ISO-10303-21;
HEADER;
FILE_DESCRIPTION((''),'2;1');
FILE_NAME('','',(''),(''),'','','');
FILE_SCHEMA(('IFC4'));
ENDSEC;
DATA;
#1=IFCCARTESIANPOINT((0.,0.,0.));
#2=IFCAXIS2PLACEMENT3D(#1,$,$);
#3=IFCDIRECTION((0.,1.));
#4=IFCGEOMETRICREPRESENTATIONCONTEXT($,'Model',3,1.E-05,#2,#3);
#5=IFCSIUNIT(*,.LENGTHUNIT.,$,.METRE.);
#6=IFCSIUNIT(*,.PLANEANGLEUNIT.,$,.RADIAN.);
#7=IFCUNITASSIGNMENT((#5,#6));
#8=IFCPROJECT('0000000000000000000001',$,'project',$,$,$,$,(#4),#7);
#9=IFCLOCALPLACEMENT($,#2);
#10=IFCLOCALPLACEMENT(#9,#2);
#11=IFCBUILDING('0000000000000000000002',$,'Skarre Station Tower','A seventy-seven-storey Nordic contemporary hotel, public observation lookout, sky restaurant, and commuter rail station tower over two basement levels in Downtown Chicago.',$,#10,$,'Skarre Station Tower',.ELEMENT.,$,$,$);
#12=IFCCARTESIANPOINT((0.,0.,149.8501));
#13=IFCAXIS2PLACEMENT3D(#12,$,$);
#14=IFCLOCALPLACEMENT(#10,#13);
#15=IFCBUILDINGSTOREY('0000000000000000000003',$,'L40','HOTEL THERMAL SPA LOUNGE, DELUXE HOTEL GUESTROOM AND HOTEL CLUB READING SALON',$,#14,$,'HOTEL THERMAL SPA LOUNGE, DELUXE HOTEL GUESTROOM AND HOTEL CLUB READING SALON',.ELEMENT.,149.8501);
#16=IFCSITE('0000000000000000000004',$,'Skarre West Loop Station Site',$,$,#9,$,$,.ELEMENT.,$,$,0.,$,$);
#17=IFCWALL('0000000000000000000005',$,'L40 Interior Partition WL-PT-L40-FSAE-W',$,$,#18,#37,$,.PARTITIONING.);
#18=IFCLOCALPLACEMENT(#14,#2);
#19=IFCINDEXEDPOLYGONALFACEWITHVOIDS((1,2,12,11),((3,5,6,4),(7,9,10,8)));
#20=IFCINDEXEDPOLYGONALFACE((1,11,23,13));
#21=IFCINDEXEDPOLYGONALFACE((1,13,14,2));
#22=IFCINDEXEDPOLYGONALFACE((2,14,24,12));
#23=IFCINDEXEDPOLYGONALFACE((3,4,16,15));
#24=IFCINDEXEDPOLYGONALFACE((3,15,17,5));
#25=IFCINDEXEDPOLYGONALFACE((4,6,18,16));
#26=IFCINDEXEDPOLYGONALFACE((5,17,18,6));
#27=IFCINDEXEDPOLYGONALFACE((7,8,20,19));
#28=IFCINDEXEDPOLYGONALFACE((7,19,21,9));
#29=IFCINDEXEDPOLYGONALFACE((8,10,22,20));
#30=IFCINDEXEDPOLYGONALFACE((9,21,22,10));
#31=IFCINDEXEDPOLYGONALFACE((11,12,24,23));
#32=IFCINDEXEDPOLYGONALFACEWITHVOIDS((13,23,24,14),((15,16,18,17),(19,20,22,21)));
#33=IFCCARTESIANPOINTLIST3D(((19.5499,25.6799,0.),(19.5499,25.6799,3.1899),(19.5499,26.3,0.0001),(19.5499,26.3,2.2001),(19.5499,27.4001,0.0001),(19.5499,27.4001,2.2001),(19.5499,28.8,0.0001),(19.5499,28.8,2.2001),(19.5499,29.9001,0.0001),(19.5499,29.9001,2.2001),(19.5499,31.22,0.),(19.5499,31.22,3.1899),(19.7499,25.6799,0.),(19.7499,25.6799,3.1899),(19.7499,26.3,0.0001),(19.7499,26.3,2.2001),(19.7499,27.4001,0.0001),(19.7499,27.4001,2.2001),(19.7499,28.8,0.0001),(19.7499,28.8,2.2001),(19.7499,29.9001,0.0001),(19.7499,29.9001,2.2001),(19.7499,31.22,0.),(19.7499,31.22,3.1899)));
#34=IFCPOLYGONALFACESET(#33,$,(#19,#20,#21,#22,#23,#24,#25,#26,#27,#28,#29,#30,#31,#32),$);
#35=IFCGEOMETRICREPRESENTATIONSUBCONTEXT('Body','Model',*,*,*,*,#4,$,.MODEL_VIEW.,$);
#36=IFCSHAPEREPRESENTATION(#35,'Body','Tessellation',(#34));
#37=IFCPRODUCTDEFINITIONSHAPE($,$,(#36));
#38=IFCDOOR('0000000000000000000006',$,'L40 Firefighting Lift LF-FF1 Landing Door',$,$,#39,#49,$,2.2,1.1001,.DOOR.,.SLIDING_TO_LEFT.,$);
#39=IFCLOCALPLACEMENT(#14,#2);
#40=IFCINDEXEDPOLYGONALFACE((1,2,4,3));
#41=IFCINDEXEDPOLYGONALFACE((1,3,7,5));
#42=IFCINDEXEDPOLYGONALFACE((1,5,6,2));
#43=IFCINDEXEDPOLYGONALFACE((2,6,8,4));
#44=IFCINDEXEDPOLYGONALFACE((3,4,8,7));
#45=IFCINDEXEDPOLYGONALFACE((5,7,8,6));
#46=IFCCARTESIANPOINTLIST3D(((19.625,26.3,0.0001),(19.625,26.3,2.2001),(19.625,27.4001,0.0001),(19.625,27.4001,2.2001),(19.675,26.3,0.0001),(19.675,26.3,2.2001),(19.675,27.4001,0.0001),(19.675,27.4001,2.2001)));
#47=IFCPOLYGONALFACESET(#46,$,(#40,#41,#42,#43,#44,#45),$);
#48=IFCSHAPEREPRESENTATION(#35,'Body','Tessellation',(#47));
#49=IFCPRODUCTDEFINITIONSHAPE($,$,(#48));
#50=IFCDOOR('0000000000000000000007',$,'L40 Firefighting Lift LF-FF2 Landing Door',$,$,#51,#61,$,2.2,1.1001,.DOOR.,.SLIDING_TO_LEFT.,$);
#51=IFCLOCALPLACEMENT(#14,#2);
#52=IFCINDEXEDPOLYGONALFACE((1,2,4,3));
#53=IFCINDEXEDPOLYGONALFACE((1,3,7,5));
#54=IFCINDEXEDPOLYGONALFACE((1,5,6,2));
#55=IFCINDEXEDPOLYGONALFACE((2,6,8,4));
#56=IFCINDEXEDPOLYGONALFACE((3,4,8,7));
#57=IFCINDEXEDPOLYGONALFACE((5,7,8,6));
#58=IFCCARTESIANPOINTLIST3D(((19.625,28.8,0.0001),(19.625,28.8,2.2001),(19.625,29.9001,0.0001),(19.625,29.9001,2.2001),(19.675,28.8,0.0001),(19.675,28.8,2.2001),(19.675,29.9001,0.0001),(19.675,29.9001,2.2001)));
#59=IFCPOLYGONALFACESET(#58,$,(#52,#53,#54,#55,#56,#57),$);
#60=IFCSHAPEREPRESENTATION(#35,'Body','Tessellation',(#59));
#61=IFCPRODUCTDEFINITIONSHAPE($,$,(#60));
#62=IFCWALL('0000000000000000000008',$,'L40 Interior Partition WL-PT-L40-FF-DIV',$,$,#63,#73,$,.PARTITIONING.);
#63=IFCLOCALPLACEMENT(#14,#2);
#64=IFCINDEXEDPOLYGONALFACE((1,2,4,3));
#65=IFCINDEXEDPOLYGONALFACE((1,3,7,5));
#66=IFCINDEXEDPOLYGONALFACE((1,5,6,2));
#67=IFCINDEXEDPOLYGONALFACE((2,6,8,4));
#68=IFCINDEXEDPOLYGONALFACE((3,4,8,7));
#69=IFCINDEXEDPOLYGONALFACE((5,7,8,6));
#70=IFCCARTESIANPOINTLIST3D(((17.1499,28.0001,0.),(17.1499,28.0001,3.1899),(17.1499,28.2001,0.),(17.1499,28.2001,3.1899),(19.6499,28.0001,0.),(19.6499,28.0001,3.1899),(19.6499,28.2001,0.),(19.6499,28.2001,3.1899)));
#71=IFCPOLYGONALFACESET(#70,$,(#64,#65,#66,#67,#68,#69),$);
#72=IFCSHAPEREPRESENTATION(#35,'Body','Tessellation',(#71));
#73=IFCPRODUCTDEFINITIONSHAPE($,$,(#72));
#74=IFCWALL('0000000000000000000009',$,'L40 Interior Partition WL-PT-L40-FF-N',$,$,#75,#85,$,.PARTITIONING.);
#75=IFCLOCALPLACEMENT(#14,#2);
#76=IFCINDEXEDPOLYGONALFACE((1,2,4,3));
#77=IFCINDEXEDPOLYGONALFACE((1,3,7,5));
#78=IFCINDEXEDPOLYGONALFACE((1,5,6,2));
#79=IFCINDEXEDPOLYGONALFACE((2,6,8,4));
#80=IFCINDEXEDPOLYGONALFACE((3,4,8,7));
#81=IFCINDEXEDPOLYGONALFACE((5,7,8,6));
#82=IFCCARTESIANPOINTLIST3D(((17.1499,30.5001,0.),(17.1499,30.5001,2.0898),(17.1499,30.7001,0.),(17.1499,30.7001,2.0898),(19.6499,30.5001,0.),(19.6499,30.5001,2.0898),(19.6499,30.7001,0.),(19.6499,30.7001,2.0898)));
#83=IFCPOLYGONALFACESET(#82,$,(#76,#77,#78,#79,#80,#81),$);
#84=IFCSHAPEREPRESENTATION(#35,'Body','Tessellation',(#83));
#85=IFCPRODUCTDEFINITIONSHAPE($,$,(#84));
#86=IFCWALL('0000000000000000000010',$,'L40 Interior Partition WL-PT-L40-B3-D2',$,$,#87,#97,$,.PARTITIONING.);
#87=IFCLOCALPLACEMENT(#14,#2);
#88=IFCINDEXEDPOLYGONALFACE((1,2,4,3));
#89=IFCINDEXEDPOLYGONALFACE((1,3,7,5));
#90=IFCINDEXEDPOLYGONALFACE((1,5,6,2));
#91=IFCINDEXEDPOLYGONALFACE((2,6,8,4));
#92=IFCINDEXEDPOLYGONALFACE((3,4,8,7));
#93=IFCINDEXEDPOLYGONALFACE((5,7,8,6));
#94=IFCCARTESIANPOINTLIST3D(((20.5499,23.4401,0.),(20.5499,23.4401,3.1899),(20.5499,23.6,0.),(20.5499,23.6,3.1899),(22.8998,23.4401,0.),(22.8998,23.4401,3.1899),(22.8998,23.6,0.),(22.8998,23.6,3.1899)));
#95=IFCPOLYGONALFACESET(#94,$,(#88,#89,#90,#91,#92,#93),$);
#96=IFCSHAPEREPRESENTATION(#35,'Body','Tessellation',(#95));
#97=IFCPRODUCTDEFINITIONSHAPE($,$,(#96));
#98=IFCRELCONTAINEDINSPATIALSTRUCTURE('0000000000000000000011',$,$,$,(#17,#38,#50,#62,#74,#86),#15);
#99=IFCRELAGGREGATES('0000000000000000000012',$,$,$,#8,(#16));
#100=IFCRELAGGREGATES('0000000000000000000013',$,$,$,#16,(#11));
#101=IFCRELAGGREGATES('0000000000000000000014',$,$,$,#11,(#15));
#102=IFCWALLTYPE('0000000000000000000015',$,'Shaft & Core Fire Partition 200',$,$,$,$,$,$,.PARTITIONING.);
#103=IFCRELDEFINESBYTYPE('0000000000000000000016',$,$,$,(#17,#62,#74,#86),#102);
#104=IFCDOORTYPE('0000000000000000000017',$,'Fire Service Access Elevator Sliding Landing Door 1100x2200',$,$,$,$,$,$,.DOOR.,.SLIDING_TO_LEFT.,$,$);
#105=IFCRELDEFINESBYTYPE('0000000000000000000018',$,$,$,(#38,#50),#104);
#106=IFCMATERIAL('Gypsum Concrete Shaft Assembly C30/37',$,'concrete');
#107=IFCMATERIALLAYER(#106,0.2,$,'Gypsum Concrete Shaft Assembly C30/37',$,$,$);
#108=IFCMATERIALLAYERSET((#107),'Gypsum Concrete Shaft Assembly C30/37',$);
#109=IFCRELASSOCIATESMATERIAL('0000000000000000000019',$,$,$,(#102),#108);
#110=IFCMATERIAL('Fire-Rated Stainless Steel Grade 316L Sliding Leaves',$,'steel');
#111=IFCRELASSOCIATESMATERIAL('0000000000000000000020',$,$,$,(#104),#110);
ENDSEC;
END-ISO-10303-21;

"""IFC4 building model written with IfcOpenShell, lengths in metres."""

from ifc_helpers import new_model, si_unit, direction, frame, frame_2d, origin, place, context, subcontext, project, spatial, rectangle, extrude, material, layer, layer_set, type_object, element, fill, save


model = new_model("IFC4")

# Units and contexts
model_context = context("Model", 3, precision=1e-05, world=origin(), true_north=direction((0.0, 1.0)))
body_context = subcontext(model_context, "Body", "Model", "MODEL_VIEW")
ifc_project = project(units=[si_unit("LENGTHUNIT", "METRE"), si_unit("PLANEANGLEUNIT", "RADIAN")], contexts=[model_context])

# Site, building, storey
site_placement = place(None, origin())
site = spatial("IfcSite", under=ifc_project, at=site_placement, Name="Skarre West Loop Station Site", CompositionType="ELEMENT", RefElevation=0.0)
building_placement = place(site_placement, origin())
building = spatial("IfcBuilding", under=site, at=building_placement, Name="Skarre Station Tower", Description="A seventy-seven-storey Nordic contemporary hotel, public observation lookout, sky restaurant, and commuter rail station tower over two basement levels in Downtown Chicago.", LongName="Skarre Station Tower", CompositionType="ELEMENT")
storey_placement = place(building_placement, frame((0.0, 0.0, 149.8501)))
storey = spatial("IfcBuildingStorey", under=building, at=storey_placement, Name="L40", Description="HOTEL THERMAL SPA LOUNGE, DELUXE HOTEL GUESTROOM AND HOTEL CLUB READING SALON", LongName="HOTEL THERMAL SPA LOUNGE, DELUXE HOTEL GUESTROOM AND HOTEL CLUB READING SALON", CompositionType="ELEMENT", Elevation=149.8501)

# Wall, openings, doors
ifc_material_1 = material(Name="Gypsum Concrete Shaft Assembly C30/37", Category="concrete")
ifc_layer_1 = layer(ifc_material_1, 0.2, Name="Gypsum Concrete Shaft Assembly C30/37")
ifc_layer_set_1 = layer_set([ifc_layer_1], Name="Gypsum Concrete Shaft Assembly C30/37")
wall_type_1 = type_object("IfcWallType", Name="Shaft & Core Fire Partition 200", PredefinedType="PARTITIONING", material=ifc_layer_set_1)
wall_1_placement = place(storey_placement, frame((19.6499, 25.6799, 0.0), z_axis=(0.0, 0.0, 1.0), x_axis=(0.0, 1.0, 0.0)))
wall_1 = element("IfcWall", 1, at=wall_1_placement, inside=storey, type_object=wall_type_1, Name="L40 Interior Partition WL-PT-L40-FSAE-W", PredefinedType="PARTITIONING", context=body_context, shape_type="SweptSolid", body=[
    extrude(rectangle(XDim=5.54, YDim=0.2, at=frame_2d((2.77, 0.0))), origin(), (0.0, 0.0, 1.0), 3.1899),
])
opening_1_placement = place(wall_1_placement, frame((0.6201, 0.0, 0.0)))
opening_1 = element("IfcOpeningElement", 2, at=opening_1_placement, cuts=wall_1, PredefinedType="OPENING", context=body_context, shape_type="SweptSolid", body=[
    extrude(rectangle(XDim=1.1001, YDim=2.2, at=frame_2d((0.55, 1.1001))), frame((0.0, 0.1099, 0.0), z_axis=(0.0, -1.0, 0.0), x_axis=(1.0, 0.0, 0.0)), (0.0, 0.0, 1.0), 0.22),
])
opening_2_placement = place(wall_1_placement, frame((3.1201, 0.0, 0.0)))
opening_2 = element("IfcOpeningElement", 3, at=opening_2_placement, cuts=wall_1, PredefinedType="OPENING", context=body_context, shape_type="SweptSolid", body=[
    extrude(rectangle(XDim=1.1001, YDim=2.2, at=frame_2d((0.55, 1.1001))), frame((0.0, 0.1099, 0.0), z_axis=(0.0, -1.0, 0.0), x_axis=(1.0, 0.0, 0.0)), (0.0, 0.0, 1.0), 0.22),
])
ifc_material_2 = material(Name="Fire-Rated Stainless Steel Grade 316L Sliding Leaves", Category="steel")
door_type = type_object("IfcDoorType", Name="Fire Service Access Elevator Sliding Landing Door 1100x2200", OperationType="SLIDING_TO_LEFT", PredefinedType="DOOR", material=ifc_material_2)
door_1_placement = place(opening_1_placement, origin())
door_1 = element("IfcDoor", 4, at=door_1_placement, inside=storey, type_object=door_type, Name="L40 Firefighting Lift LF-FF1 Landing Door", OperationType="SLIDING_TO_LEFT", OverallHeight=2.2, OverallWidth=1.1001, PredefinedType="DOOR", context=body_context, shape_type="SweptSolid", body=[
    extrude(rectangle(XDim=1.1001, YDim=2.2, at=frame_2d((0.55, 1.1001))), frame((0.0, 0.0249, 0.0), z_axis=(0.0, -1.0, 0.0), x_axis=(1.0, 0.0, 0.0)), (0.0, 0.0, 1.0), 0.05),
])
fill(opening_1, door_1)
door_2_placement = place(opening_2_placement, origin())
door_2 = element("IfcDoor", 5, at=door_2_placement, inside=storey, type_object=door_type, Name="L40 Firefighting Lift LF-FF2 Landing Door", OperationType="SLIDING_TO_LEFT", OverallHeight=2.2, OverallWidth=1.1001, PredefinedType="DOOR", context=body_context, shape_type="SweptSolid", body=[
    extrude(rectangle(XDim=1.1001, YDim=2.2, at=frame_2d((0.55, 1.1001))), frame((0.0, 0.0249, 0.0), z_axis=(0.0, -1.0, 0.0), x_axis=(1.0, 0.0, 0.0)), (0.0, 0.0, 1.0), 0.05),
])
fill(opening_2, door_2)

# Walls
wall_2_placement = place(storey_placement, frame((17.1499, 28.1001, 0.0), z_axis=(0.0, 0.0, 1.0), x_axis=(1.0, 0.0, 0.0)))
element("IfcWall", 6, at=wall_2_placement, inside=storey, type_object=wall_type_1, Name="L40 Interior Partition WL-PT-L40-FF-DIV", PredefinedType="PARTITIONING", context=body_context, shape_type="SweptSolid", body=[
    extrude(rectangle(XDim=2.5, YDim=0.2, at=frame_2d((1.25, 0.0))), origin(), (0.0, 0.0, 1.0), 3.1899),
])
wall_3_placement = place(storey_placement, frame((19.6499, 30.6001, 0.0), z_axis=(0.0, 0.0, 1.0), x_axis=(-1.0, 0.0, 0.0)))
element("IfcWall", 7, at=wall_3_placement, inside=storey, type_object=wall_type_1, Name="L40 Interior Partition WL-PT-L40-FF-N", PredefinedType="PARTITIONING", context=body_context, shape_type="SweptSolid", body=[
    extrude(rectangle(XDim=2.5, YDim=0.2, at=frame_2d((1.25, 0.0))), origin(), (0.0, 0.0, 1.0), 2.0898),
])
wall_4_placement = place(storey_placement, frame((20.55, 23.52, 0.0), z_axis=(0.0, 0.0, 1.0), x_axis=(1.0, 0.0, 0.0)))
element("IfcWall", 8, at=wall_4_placement, inside=storey, type_object=wall_type_1, Name="L40 Interior Partition WL-PT-L40-B3-D2", PredefinedType="PARTITIONING", context=body_context, shape_type="SweptSolid", body=[
    extrude(rectangle(XDim=2.3499, YDim=0.1599, at=frame_2d((1.1748, 0.0))), origin(), (0.0, 0.0, 1.0), 3.1899),
])

save(model, "model.ifc")
